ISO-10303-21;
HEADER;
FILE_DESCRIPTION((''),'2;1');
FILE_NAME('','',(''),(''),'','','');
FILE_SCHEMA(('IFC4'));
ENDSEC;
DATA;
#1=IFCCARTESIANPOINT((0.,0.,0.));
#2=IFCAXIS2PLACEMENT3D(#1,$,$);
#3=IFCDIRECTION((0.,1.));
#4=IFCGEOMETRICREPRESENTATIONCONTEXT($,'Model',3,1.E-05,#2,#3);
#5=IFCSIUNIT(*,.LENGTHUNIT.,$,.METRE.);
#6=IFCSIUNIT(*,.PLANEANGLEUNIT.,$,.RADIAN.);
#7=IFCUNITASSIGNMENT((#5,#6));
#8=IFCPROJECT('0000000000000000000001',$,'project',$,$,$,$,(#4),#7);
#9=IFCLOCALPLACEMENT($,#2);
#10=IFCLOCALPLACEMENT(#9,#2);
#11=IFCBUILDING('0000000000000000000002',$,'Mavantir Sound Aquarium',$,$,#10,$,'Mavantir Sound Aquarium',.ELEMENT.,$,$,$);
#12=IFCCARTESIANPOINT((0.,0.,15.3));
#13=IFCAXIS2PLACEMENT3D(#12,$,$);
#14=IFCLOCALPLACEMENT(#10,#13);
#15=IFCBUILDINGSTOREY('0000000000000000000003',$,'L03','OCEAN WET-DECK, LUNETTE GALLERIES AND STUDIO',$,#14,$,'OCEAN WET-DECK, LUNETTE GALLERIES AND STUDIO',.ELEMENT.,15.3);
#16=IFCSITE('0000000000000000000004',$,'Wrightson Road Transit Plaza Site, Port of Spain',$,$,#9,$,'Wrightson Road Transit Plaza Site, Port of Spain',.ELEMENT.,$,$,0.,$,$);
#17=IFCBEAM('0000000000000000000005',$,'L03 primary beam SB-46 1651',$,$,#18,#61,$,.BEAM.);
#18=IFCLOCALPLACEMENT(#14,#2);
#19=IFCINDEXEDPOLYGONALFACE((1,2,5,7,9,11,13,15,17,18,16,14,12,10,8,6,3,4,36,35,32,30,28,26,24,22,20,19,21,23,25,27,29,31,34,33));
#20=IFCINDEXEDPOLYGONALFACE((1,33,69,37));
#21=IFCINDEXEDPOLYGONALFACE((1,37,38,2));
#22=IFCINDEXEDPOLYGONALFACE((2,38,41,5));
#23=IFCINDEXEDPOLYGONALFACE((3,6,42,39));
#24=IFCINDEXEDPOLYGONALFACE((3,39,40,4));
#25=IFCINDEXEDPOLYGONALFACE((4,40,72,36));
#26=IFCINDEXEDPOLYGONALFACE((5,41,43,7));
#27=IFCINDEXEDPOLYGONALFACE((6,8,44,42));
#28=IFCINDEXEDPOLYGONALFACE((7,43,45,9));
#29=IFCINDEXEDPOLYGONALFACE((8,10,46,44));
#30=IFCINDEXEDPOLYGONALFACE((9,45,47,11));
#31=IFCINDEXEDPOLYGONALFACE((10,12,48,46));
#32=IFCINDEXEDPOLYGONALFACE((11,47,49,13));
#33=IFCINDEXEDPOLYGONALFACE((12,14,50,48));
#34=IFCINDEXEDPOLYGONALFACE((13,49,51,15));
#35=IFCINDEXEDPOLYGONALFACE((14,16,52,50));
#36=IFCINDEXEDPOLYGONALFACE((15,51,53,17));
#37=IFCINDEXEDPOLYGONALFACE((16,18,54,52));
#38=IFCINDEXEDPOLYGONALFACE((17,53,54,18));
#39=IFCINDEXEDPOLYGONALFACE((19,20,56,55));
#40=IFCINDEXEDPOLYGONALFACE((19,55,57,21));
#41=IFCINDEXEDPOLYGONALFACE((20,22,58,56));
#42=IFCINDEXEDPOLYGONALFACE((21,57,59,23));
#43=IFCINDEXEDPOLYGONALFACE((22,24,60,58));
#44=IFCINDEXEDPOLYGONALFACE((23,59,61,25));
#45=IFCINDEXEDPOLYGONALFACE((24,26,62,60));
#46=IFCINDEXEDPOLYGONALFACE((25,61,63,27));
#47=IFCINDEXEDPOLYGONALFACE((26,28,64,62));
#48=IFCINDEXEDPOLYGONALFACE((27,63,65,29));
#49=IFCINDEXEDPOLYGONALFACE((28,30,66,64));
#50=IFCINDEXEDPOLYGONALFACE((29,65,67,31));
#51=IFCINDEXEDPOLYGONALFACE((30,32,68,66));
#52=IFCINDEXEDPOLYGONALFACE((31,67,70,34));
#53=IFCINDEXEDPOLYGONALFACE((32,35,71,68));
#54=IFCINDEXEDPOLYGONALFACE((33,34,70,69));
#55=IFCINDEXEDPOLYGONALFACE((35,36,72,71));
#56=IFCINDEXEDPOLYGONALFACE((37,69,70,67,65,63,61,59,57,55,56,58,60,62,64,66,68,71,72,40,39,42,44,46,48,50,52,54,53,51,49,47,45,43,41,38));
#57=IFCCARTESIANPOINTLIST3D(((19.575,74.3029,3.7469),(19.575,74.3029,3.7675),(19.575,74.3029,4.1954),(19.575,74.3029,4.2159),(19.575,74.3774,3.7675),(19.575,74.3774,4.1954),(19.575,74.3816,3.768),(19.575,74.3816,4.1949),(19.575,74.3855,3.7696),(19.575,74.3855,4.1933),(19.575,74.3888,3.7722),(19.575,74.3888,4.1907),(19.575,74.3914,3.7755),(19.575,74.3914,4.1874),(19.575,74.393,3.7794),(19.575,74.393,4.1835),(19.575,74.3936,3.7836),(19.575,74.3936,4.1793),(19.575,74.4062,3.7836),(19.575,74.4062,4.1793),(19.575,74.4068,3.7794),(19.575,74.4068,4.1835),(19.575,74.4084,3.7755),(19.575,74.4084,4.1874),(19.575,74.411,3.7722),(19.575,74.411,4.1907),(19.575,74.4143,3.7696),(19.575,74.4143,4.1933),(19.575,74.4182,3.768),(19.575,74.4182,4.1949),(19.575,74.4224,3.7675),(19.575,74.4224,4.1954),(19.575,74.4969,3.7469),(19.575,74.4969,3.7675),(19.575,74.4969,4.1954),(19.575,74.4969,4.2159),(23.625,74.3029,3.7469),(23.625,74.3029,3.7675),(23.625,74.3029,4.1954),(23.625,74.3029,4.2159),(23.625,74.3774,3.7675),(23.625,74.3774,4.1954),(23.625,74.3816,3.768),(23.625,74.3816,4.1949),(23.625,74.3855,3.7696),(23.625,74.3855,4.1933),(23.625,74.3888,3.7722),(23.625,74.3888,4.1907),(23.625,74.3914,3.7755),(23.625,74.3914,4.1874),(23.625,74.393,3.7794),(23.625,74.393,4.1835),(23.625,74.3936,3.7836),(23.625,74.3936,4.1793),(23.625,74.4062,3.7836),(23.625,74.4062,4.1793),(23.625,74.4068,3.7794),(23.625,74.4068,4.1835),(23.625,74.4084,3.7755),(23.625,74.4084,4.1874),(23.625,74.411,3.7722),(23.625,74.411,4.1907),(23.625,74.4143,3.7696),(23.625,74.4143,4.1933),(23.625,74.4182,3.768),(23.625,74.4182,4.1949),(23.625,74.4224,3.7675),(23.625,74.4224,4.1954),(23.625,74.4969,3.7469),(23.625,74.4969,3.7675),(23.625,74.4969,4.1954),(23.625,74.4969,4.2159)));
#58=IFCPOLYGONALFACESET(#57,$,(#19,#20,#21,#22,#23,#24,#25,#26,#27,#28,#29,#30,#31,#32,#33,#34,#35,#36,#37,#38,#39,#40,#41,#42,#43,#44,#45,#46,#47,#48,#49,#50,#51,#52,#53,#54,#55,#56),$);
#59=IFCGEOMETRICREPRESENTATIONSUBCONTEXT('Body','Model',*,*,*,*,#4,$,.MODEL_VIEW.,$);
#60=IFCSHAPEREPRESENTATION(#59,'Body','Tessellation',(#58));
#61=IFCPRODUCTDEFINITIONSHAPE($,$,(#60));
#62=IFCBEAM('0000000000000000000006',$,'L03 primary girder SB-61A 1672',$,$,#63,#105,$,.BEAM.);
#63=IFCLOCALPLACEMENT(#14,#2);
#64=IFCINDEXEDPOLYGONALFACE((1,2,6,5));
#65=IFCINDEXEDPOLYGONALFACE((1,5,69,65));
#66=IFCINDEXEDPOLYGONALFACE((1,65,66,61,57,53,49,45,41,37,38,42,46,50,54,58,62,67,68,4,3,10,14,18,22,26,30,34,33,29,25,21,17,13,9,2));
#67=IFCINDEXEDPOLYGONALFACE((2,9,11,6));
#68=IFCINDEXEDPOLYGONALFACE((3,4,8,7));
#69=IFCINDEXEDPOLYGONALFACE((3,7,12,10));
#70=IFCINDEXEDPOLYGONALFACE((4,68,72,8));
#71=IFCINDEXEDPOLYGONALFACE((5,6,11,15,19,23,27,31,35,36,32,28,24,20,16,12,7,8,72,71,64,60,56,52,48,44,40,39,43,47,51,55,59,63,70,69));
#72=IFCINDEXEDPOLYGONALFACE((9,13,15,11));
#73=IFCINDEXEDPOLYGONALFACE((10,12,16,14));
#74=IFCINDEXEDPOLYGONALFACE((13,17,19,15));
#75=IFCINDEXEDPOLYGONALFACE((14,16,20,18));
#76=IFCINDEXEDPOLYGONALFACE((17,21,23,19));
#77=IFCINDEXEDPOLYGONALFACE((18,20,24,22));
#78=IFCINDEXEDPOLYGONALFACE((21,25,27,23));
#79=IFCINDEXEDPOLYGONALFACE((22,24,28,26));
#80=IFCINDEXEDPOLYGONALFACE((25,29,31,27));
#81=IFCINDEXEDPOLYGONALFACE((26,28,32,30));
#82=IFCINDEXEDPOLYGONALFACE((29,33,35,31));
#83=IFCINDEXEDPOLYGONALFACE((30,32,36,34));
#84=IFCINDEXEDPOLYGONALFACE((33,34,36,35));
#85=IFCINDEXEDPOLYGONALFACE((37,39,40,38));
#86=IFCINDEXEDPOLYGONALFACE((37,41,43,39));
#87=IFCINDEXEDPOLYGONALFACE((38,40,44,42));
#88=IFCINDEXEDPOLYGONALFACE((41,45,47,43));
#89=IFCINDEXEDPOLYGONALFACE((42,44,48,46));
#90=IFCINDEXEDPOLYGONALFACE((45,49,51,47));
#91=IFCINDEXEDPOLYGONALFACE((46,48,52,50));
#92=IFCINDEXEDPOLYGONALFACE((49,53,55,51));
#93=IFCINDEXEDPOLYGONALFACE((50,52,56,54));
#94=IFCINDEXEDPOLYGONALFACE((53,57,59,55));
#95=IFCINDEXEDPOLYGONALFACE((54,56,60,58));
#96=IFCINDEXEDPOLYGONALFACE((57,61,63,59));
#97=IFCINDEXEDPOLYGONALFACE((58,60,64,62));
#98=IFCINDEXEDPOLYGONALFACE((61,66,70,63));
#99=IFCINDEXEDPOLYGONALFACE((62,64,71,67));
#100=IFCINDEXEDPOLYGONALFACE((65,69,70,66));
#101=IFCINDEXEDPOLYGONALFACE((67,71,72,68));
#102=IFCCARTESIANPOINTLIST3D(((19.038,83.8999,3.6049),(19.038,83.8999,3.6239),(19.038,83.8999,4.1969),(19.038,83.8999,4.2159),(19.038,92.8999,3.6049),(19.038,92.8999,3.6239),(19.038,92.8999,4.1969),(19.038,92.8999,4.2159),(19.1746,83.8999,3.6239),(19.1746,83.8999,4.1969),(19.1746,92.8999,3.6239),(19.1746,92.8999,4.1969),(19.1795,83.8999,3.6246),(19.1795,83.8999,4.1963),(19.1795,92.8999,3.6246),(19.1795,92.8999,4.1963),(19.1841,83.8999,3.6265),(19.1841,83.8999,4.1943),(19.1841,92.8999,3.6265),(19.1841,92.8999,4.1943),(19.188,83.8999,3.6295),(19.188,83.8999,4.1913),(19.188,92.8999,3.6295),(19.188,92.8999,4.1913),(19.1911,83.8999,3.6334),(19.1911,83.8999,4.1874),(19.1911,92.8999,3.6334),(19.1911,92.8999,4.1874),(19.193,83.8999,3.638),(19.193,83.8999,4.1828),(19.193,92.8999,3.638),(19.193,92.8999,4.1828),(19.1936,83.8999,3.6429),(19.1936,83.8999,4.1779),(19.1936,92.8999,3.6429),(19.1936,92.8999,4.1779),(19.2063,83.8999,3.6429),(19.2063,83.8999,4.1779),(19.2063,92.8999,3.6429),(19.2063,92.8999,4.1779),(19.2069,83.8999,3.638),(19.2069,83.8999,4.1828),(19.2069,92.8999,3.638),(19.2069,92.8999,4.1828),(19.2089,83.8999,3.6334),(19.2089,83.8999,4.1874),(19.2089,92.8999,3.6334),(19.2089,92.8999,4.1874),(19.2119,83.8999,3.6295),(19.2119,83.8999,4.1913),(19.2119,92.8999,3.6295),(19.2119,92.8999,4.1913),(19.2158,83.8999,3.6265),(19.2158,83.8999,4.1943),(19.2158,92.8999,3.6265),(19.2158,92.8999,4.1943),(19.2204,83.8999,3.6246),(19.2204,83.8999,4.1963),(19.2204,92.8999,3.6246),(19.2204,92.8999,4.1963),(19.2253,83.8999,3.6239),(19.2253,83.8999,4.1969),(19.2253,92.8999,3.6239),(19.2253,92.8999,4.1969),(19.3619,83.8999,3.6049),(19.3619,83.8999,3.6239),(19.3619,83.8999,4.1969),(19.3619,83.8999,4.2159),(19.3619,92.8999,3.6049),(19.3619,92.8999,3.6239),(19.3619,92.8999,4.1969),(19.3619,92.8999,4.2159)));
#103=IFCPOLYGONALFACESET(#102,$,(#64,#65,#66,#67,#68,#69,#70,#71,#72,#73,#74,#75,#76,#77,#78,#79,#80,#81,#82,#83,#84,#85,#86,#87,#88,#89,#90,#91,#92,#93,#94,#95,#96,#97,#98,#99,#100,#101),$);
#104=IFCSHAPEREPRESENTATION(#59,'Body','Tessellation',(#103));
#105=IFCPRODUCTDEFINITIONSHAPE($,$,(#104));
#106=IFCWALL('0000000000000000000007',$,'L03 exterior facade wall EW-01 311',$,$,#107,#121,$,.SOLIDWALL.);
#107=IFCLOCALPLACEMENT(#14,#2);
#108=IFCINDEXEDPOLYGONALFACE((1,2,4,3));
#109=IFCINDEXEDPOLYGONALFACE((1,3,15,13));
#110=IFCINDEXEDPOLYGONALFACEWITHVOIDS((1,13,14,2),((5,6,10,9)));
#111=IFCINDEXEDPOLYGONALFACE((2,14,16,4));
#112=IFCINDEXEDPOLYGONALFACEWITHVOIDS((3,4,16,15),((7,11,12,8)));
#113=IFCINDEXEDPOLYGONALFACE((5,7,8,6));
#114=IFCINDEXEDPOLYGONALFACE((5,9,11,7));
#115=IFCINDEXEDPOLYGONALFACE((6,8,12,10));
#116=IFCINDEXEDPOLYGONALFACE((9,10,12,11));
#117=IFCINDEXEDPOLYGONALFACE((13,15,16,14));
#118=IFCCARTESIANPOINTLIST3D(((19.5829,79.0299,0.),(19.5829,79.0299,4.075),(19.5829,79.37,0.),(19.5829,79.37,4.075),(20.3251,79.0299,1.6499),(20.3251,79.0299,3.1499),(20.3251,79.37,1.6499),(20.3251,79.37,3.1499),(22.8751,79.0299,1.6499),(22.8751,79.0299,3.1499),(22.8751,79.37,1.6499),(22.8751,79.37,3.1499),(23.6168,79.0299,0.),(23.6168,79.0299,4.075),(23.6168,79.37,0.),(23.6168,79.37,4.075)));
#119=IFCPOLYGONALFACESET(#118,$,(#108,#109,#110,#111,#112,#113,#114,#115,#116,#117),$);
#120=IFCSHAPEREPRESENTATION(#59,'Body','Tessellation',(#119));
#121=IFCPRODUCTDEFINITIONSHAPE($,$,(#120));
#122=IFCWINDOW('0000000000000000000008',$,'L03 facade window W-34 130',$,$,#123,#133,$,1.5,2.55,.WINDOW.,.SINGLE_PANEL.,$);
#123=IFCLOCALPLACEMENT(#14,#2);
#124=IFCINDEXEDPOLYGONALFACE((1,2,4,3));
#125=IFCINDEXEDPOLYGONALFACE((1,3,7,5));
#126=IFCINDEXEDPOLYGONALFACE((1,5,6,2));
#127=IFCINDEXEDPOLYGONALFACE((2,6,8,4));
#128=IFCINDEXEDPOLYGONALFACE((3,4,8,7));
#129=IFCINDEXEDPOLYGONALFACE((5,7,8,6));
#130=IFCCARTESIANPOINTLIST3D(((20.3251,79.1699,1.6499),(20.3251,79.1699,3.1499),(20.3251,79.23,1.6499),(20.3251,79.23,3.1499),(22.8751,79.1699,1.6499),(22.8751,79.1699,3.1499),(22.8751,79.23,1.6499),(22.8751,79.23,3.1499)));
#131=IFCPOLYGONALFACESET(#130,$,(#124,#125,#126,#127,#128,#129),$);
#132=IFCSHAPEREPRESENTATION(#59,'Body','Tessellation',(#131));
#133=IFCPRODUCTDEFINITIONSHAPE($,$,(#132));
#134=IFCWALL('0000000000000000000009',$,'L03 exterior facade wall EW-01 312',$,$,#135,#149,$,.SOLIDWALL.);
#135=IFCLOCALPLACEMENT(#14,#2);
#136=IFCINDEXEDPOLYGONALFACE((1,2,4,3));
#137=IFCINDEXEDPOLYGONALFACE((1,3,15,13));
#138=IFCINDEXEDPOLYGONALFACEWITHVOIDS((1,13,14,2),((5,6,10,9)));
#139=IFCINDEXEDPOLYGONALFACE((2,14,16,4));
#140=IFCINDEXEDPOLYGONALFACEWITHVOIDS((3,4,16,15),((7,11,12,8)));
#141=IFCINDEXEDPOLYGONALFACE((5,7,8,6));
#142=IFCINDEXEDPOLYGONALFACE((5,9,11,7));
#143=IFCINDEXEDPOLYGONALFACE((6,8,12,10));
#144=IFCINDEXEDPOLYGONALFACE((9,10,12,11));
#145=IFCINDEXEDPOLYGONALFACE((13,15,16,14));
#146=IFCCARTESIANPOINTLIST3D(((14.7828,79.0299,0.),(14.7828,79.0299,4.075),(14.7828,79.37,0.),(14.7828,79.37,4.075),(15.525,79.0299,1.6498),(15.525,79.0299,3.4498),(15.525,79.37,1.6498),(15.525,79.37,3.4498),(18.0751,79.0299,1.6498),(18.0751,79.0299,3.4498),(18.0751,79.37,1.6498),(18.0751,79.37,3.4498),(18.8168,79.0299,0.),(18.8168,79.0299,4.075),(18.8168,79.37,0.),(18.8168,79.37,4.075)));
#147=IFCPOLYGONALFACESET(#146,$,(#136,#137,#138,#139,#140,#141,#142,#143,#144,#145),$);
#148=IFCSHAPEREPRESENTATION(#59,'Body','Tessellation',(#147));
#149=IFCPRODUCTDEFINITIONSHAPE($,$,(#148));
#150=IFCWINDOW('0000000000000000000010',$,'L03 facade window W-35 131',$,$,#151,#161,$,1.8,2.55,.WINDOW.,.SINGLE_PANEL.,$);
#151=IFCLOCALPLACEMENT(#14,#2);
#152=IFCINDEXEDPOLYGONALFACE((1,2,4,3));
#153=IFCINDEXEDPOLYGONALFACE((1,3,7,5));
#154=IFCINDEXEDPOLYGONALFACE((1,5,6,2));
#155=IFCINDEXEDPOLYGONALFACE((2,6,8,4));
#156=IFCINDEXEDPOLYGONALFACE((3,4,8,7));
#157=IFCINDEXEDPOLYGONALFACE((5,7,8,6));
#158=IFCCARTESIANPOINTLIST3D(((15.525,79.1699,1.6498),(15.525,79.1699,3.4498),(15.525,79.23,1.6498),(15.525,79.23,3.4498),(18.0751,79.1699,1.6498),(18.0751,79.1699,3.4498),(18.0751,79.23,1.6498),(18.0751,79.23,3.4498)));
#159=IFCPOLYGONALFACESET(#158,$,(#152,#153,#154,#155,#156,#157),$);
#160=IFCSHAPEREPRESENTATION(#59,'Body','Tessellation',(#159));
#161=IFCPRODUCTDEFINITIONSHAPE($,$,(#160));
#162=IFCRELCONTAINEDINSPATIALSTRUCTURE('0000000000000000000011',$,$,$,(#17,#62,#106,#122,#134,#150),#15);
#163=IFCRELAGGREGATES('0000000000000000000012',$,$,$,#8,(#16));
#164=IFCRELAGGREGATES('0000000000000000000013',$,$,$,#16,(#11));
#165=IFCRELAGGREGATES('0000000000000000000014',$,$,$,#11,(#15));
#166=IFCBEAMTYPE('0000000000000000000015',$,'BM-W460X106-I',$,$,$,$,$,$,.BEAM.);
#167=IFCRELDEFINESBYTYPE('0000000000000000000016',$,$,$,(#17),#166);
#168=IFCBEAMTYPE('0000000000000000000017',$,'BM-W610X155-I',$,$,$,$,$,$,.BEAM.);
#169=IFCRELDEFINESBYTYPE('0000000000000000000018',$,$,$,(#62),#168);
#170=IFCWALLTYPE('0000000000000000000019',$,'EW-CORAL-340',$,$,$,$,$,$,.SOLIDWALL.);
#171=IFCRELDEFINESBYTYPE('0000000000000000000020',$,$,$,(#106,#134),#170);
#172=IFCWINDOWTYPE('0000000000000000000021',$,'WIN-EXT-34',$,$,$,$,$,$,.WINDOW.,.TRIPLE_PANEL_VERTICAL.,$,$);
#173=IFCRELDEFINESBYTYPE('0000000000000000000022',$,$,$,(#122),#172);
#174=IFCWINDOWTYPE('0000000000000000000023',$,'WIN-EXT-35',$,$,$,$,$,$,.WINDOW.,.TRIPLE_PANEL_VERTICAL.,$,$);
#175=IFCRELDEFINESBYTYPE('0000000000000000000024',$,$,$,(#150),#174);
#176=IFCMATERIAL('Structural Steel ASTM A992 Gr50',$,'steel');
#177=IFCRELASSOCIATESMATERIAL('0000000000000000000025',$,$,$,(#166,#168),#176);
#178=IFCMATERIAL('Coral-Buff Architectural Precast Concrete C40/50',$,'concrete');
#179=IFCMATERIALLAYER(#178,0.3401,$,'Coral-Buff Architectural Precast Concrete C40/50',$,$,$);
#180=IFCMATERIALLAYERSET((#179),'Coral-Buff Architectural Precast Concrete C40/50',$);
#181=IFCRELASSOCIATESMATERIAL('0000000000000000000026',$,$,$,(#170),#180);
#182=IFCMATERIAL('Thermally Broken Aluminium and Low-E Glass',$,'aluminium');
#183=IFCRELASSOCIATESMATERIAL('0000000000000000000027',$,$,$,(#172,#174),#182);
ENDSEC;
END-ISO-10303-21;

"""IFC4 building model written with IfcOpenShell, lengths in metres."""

from ifc_helpers import new_model, si_unit, direction, frame, frame_2d, origin, origin_2d, place, context, subcontext, project, spatial, rectangle, i_section, extrude, material, layer, layer_set, material_profile, profile_set, type_object, element, fill, save


model = new_model("IFC4")

# Units and contexts
model_context = context("Model", 3, precision=1e-05, world=origin(), true_north=direction((0.0, 1.0)))
body_context = subcontext(model_context, "Body", "Model", "MODEL_VIEW")
ifc_project = project(units=[si_unit("LENGTHUNIT", "METRE"), si_unit("PLANEANGLEUNIT", "RADIAN")], contexts=[model_context])

# Site, building, storey
site_placement = place(None, origin())
site = spatial("IfcSite", under=ifc_project, at=site_placement, Name="Wrightson Road Transit Plaza Site, Port of Spain", LongName="Wrightson Road Transit Plaza Site, Port of Spain", CompositionType="ELEMENT", RefElevation=0.0)
building_placement = place(site_placement, origin())
building = spatial("IfcBuilding", under=site, at=building_placement, Name="Mavantir Sound Aquarium", LongName="Mavantir Sound Aquarium", CompositionType="ELEMENT")
storey_placement = place(building_placement, frame((0.0, 0.0, 15.3)))
storey = spatial("IfcBuildingStorey", under=building, at=storey_placement, Name="L03", Description="OCEAN WET-DECK, LUNETTE GALLERIES AND STUDIO", LongName="OCEAN WET-DECK, LUNETTE GALLERIES AND STUDIO", CompositionType="ELEMENT", Elevation=15.3)

# Beams
ifc_material_1 = material(Name="Structural Steel ASTM A992 Gr50", Category="steel")
ifc_material_profile_1 = material_profile(ifc_material_1, i_section(OverallWidth=0.1941, OverallDepth=0.469, WebThickness=0.0127, FlangeThickness=0.0205, FilletRadius=0.0161, at=origin_2d()), Name="W460X106")
ifc_profile_set_1 = profile_set([ifc_material_profile_1], Name="Structural Steel ASTM A992 Gr50")
beam_type_1 = type_object("IfcBeamType", Name="BM-W460X106-I", PredefinedType="BEAM", material=ifc_profile_set_1)
beam_1_placement = place(storey_placement, frame((19.575, 74.3999, 3.9814), z_axis=(1.0, 0.0, 0.0), x_axis=(0.0, 1.0, 0.0)))
element("IfcBeam", 1, at=beam_1_placement, inside=storey, type_object=beam_type_1, Name="L03 primary beam SB-46 1651", PredefinedType="BEAM", context=body_context, shape_type="SweptSolid", body=[
    extrude(i_section(OverallWidth=0.1941, OverallDepth=0.469, WebThickness=0.0127, FlangeThickness=0.0205, FilletRadius=0.0161, at=origin_2d()), origin(), (0.0, 0.0, 1.0), 4.05),
])
ifc_material_profile_2 = material_profile(ifc_material_1, i_section(OverallWidth=0.324, OverallDepth=0.6111, WebThickness=0.0127, FlangeThickness=0.019, FilletRadius=0.019, at=origin_2d()), Name="W610X155")
ifc_profile_set_2 = profile_set([ifc_material_profile_2], Name="Structural Steel ASTM A992 Gr50")
beam_type_2 = type_object("IfcBeamType", Name="BM-W610X155-I", PredefinedType="BEAM", material=ifc_profile_set_2)
beam_2_placement = place(storey_placement, frame((19.2, 83.8999, 3.9104), z_axis=(0.0, 1.0, 0.0), x_axis=(-1.0, 0.0, 0.0)))
element("IfcBeam", 2, at=beam_2_placement, inside=storey, type_object=beam_type_2, Name="L03 primary girder SB-61A 1672", PredefinedType="BEAM", context=body_context, shape_type="SweptSolid", body=[
    extrude(i_section(OverallWidth=0.324, OverallDepth=0.6111, WebThickness=0.0127, FlangeThickness=0.019, FilletRadius=0.019, at=origin_2d()), origin(), (0.0, 0.0, 1.0), 9.0),
])

# Walls, openings, windows
ifc_material_2 = material(Name="Coral-Buff Architectural Precast Concrete C40/50", Category="concrete")
ifc_layer_1 = layer(ifc_material_2, 0.3401, Name="Coral-Buff Architectural Precast Concrete C40/50")
ifc_layer_set_1 = layer_set([ifc_layer_1], Name="Coral-Buff Architectural Precast Concrete C40/50")
wall_type_1 = type_object("IfcWallType", Name="EW-CORAL-340", PredefinedType="SOLIDWALL", material=ifc_layer_set_1)
wall_1_placement = place(storey_placement, frame((23.6169, 79.2, 0.0), z_axis=(0.0, 0.0, 1.0), x_axis=(-1.0, 0.0, 0.0)))
wall_1 = element("IfcWall", 3, at=wall_1_placement, inside=storey, type_object=wall_type_1, Name="L03 exterior facade wall EW-01 311", PredefinedType="SOLIDWALL", context=body_context, shape_type="SweptSolid", body=[
    extrude(rectangle(XDim=4.0339, YDim=0.3401, at=frame_2d((2.0171, 0.0))), origin(), (0.0, 0.0, 1.0), 4.075),
])
opening_1_placement = place(wall_1_placement, frame((0.7419, 0.0, 1.6499)))
opening_1 = element("IfcOpeningElement", 4, at=opening_1_placement, cuts=wall_1, PredefinedType="OPENING", context=body_context, shape_type="SweptSolid", body=[
    extrude(rectangle(XDim=2.55, YDim=1.5, at=frame_2d((1.2749, 0.75))), frame((0.0, 0.1802, 0.0), z_axis=(0.0, -1.0, 0.0), x_axis=(1.0, 0.0, 0.0)), (0.0, 0.0, 1.0), 0.3601),
])
ifc_material_3 = material(Name="Thermally Broken Aluminium and Low-E Glass", Category="aluminium")
window_type_1 = type_object("IfcWindowType", Name="WIN-EXT-34", PartitioningType="TRIPLE_PANEL_VERTICAL", PredefinedType="WINDOW", material=ifc_material_3)
window_1_placement = place(opening_1_placement, origin())
window_1 = element("IfcWindow", 5, at=window_1_placement, inside=storey, type_object=window_type_1, Name="L03 facade window W-34 130", OverallHeight=1.5, OverallWidth=2.55, PartitioningType="SINGLE_PANEL", PredefinedType="WINDOW", context=body_context, shape_type="SweptSolid", body=[
    extrude(rectangle(XDim=2.55, YDim=1.5, at=frame_2d((1.2749, 0.75))), frame((0.0, 0.03, 0.0), z_axis=(0.0, -1.0, 0.0), x_axis=(1.0, 0.0, 0.0)), (0.0, 0.0, 1.0), 0.0601),
])
fill(opening_1, window_1)
wall_2_placement = place(storey_placement, frame((18.8169, 79.2, 0.0), z_axis=(0.0, 0.0, 1.0), x_axis=(-1.0, 0.0, 0.0)))
wall_2 = element("IfcWall", 6, at=wall_2_placement, inside=storey, type_object=wall_type_1, Name="L03 exterior facade wall EW-01 312", PredefinedType="SOLIDWALL", context=body_context, shape_type="SweptSolid", body=[
    extrude(rectangle(XDim=4.0339, YDim=0.3401, at=frame_2d((2.0171, 0.0))), origin(), (0.0, 0.0, 1.0), 4.075),
])
opening_2_placement = place(wall_2_placement, frame((0.7419, 0.0, 1.6499)))
opening_2 = element("IfcOpeningElement", 7, at=opening_2_placement, cuts=wall_2, PredefinedType="OPENING", context=body_context, shape_type="SweptSolid", body=[
    extrude(rectangle(XDim=2.55, YDim=1.8, at=frame_2d((1.2749, 0.8999))), frame((0.0, 0.1802, 0.0), z_axis=(0.0, -1.0, 0.0), x_axis=(1.0, 0.0, 0.0)), (0.0, 0.0, 1.0), 0.3601),
])
window_type_2 = type_object("IfcWindowType", Name="WIN-EXT-35", PartitioningType="TRIPLE_PANEL_VERTICAL", PredefinedType="WINDOW", material=ifc_material_3)
window_2_placement = place(opening_2_placement, origin())
window_2 = element("IfcWindow", 8, at=window_2_placement, inside=storey, type_object=window_type_2, Name="L03 facade window W-35 131", OverallHeight=1.8, OverallWidth=2.55, PartitioningType="SINGLE_PANEL", PredefinedType="WINDOW", context=body_context, shape_type="SweptSolid", body=[
    extrude(rectangle(XDim=2.55, YDim=1.8, at=frame_2d((1.2749, 0.8999))), frame((0.0, 0.03, 0.0), z_axis=(0.0, -1.0, 0.0), x_axis=(1.0, 0.0, 0.0)), (0.0, 0.0, 1.0), 0.0601),
])
fill(opening_2, window_2)

save(model, "model.ifc")
